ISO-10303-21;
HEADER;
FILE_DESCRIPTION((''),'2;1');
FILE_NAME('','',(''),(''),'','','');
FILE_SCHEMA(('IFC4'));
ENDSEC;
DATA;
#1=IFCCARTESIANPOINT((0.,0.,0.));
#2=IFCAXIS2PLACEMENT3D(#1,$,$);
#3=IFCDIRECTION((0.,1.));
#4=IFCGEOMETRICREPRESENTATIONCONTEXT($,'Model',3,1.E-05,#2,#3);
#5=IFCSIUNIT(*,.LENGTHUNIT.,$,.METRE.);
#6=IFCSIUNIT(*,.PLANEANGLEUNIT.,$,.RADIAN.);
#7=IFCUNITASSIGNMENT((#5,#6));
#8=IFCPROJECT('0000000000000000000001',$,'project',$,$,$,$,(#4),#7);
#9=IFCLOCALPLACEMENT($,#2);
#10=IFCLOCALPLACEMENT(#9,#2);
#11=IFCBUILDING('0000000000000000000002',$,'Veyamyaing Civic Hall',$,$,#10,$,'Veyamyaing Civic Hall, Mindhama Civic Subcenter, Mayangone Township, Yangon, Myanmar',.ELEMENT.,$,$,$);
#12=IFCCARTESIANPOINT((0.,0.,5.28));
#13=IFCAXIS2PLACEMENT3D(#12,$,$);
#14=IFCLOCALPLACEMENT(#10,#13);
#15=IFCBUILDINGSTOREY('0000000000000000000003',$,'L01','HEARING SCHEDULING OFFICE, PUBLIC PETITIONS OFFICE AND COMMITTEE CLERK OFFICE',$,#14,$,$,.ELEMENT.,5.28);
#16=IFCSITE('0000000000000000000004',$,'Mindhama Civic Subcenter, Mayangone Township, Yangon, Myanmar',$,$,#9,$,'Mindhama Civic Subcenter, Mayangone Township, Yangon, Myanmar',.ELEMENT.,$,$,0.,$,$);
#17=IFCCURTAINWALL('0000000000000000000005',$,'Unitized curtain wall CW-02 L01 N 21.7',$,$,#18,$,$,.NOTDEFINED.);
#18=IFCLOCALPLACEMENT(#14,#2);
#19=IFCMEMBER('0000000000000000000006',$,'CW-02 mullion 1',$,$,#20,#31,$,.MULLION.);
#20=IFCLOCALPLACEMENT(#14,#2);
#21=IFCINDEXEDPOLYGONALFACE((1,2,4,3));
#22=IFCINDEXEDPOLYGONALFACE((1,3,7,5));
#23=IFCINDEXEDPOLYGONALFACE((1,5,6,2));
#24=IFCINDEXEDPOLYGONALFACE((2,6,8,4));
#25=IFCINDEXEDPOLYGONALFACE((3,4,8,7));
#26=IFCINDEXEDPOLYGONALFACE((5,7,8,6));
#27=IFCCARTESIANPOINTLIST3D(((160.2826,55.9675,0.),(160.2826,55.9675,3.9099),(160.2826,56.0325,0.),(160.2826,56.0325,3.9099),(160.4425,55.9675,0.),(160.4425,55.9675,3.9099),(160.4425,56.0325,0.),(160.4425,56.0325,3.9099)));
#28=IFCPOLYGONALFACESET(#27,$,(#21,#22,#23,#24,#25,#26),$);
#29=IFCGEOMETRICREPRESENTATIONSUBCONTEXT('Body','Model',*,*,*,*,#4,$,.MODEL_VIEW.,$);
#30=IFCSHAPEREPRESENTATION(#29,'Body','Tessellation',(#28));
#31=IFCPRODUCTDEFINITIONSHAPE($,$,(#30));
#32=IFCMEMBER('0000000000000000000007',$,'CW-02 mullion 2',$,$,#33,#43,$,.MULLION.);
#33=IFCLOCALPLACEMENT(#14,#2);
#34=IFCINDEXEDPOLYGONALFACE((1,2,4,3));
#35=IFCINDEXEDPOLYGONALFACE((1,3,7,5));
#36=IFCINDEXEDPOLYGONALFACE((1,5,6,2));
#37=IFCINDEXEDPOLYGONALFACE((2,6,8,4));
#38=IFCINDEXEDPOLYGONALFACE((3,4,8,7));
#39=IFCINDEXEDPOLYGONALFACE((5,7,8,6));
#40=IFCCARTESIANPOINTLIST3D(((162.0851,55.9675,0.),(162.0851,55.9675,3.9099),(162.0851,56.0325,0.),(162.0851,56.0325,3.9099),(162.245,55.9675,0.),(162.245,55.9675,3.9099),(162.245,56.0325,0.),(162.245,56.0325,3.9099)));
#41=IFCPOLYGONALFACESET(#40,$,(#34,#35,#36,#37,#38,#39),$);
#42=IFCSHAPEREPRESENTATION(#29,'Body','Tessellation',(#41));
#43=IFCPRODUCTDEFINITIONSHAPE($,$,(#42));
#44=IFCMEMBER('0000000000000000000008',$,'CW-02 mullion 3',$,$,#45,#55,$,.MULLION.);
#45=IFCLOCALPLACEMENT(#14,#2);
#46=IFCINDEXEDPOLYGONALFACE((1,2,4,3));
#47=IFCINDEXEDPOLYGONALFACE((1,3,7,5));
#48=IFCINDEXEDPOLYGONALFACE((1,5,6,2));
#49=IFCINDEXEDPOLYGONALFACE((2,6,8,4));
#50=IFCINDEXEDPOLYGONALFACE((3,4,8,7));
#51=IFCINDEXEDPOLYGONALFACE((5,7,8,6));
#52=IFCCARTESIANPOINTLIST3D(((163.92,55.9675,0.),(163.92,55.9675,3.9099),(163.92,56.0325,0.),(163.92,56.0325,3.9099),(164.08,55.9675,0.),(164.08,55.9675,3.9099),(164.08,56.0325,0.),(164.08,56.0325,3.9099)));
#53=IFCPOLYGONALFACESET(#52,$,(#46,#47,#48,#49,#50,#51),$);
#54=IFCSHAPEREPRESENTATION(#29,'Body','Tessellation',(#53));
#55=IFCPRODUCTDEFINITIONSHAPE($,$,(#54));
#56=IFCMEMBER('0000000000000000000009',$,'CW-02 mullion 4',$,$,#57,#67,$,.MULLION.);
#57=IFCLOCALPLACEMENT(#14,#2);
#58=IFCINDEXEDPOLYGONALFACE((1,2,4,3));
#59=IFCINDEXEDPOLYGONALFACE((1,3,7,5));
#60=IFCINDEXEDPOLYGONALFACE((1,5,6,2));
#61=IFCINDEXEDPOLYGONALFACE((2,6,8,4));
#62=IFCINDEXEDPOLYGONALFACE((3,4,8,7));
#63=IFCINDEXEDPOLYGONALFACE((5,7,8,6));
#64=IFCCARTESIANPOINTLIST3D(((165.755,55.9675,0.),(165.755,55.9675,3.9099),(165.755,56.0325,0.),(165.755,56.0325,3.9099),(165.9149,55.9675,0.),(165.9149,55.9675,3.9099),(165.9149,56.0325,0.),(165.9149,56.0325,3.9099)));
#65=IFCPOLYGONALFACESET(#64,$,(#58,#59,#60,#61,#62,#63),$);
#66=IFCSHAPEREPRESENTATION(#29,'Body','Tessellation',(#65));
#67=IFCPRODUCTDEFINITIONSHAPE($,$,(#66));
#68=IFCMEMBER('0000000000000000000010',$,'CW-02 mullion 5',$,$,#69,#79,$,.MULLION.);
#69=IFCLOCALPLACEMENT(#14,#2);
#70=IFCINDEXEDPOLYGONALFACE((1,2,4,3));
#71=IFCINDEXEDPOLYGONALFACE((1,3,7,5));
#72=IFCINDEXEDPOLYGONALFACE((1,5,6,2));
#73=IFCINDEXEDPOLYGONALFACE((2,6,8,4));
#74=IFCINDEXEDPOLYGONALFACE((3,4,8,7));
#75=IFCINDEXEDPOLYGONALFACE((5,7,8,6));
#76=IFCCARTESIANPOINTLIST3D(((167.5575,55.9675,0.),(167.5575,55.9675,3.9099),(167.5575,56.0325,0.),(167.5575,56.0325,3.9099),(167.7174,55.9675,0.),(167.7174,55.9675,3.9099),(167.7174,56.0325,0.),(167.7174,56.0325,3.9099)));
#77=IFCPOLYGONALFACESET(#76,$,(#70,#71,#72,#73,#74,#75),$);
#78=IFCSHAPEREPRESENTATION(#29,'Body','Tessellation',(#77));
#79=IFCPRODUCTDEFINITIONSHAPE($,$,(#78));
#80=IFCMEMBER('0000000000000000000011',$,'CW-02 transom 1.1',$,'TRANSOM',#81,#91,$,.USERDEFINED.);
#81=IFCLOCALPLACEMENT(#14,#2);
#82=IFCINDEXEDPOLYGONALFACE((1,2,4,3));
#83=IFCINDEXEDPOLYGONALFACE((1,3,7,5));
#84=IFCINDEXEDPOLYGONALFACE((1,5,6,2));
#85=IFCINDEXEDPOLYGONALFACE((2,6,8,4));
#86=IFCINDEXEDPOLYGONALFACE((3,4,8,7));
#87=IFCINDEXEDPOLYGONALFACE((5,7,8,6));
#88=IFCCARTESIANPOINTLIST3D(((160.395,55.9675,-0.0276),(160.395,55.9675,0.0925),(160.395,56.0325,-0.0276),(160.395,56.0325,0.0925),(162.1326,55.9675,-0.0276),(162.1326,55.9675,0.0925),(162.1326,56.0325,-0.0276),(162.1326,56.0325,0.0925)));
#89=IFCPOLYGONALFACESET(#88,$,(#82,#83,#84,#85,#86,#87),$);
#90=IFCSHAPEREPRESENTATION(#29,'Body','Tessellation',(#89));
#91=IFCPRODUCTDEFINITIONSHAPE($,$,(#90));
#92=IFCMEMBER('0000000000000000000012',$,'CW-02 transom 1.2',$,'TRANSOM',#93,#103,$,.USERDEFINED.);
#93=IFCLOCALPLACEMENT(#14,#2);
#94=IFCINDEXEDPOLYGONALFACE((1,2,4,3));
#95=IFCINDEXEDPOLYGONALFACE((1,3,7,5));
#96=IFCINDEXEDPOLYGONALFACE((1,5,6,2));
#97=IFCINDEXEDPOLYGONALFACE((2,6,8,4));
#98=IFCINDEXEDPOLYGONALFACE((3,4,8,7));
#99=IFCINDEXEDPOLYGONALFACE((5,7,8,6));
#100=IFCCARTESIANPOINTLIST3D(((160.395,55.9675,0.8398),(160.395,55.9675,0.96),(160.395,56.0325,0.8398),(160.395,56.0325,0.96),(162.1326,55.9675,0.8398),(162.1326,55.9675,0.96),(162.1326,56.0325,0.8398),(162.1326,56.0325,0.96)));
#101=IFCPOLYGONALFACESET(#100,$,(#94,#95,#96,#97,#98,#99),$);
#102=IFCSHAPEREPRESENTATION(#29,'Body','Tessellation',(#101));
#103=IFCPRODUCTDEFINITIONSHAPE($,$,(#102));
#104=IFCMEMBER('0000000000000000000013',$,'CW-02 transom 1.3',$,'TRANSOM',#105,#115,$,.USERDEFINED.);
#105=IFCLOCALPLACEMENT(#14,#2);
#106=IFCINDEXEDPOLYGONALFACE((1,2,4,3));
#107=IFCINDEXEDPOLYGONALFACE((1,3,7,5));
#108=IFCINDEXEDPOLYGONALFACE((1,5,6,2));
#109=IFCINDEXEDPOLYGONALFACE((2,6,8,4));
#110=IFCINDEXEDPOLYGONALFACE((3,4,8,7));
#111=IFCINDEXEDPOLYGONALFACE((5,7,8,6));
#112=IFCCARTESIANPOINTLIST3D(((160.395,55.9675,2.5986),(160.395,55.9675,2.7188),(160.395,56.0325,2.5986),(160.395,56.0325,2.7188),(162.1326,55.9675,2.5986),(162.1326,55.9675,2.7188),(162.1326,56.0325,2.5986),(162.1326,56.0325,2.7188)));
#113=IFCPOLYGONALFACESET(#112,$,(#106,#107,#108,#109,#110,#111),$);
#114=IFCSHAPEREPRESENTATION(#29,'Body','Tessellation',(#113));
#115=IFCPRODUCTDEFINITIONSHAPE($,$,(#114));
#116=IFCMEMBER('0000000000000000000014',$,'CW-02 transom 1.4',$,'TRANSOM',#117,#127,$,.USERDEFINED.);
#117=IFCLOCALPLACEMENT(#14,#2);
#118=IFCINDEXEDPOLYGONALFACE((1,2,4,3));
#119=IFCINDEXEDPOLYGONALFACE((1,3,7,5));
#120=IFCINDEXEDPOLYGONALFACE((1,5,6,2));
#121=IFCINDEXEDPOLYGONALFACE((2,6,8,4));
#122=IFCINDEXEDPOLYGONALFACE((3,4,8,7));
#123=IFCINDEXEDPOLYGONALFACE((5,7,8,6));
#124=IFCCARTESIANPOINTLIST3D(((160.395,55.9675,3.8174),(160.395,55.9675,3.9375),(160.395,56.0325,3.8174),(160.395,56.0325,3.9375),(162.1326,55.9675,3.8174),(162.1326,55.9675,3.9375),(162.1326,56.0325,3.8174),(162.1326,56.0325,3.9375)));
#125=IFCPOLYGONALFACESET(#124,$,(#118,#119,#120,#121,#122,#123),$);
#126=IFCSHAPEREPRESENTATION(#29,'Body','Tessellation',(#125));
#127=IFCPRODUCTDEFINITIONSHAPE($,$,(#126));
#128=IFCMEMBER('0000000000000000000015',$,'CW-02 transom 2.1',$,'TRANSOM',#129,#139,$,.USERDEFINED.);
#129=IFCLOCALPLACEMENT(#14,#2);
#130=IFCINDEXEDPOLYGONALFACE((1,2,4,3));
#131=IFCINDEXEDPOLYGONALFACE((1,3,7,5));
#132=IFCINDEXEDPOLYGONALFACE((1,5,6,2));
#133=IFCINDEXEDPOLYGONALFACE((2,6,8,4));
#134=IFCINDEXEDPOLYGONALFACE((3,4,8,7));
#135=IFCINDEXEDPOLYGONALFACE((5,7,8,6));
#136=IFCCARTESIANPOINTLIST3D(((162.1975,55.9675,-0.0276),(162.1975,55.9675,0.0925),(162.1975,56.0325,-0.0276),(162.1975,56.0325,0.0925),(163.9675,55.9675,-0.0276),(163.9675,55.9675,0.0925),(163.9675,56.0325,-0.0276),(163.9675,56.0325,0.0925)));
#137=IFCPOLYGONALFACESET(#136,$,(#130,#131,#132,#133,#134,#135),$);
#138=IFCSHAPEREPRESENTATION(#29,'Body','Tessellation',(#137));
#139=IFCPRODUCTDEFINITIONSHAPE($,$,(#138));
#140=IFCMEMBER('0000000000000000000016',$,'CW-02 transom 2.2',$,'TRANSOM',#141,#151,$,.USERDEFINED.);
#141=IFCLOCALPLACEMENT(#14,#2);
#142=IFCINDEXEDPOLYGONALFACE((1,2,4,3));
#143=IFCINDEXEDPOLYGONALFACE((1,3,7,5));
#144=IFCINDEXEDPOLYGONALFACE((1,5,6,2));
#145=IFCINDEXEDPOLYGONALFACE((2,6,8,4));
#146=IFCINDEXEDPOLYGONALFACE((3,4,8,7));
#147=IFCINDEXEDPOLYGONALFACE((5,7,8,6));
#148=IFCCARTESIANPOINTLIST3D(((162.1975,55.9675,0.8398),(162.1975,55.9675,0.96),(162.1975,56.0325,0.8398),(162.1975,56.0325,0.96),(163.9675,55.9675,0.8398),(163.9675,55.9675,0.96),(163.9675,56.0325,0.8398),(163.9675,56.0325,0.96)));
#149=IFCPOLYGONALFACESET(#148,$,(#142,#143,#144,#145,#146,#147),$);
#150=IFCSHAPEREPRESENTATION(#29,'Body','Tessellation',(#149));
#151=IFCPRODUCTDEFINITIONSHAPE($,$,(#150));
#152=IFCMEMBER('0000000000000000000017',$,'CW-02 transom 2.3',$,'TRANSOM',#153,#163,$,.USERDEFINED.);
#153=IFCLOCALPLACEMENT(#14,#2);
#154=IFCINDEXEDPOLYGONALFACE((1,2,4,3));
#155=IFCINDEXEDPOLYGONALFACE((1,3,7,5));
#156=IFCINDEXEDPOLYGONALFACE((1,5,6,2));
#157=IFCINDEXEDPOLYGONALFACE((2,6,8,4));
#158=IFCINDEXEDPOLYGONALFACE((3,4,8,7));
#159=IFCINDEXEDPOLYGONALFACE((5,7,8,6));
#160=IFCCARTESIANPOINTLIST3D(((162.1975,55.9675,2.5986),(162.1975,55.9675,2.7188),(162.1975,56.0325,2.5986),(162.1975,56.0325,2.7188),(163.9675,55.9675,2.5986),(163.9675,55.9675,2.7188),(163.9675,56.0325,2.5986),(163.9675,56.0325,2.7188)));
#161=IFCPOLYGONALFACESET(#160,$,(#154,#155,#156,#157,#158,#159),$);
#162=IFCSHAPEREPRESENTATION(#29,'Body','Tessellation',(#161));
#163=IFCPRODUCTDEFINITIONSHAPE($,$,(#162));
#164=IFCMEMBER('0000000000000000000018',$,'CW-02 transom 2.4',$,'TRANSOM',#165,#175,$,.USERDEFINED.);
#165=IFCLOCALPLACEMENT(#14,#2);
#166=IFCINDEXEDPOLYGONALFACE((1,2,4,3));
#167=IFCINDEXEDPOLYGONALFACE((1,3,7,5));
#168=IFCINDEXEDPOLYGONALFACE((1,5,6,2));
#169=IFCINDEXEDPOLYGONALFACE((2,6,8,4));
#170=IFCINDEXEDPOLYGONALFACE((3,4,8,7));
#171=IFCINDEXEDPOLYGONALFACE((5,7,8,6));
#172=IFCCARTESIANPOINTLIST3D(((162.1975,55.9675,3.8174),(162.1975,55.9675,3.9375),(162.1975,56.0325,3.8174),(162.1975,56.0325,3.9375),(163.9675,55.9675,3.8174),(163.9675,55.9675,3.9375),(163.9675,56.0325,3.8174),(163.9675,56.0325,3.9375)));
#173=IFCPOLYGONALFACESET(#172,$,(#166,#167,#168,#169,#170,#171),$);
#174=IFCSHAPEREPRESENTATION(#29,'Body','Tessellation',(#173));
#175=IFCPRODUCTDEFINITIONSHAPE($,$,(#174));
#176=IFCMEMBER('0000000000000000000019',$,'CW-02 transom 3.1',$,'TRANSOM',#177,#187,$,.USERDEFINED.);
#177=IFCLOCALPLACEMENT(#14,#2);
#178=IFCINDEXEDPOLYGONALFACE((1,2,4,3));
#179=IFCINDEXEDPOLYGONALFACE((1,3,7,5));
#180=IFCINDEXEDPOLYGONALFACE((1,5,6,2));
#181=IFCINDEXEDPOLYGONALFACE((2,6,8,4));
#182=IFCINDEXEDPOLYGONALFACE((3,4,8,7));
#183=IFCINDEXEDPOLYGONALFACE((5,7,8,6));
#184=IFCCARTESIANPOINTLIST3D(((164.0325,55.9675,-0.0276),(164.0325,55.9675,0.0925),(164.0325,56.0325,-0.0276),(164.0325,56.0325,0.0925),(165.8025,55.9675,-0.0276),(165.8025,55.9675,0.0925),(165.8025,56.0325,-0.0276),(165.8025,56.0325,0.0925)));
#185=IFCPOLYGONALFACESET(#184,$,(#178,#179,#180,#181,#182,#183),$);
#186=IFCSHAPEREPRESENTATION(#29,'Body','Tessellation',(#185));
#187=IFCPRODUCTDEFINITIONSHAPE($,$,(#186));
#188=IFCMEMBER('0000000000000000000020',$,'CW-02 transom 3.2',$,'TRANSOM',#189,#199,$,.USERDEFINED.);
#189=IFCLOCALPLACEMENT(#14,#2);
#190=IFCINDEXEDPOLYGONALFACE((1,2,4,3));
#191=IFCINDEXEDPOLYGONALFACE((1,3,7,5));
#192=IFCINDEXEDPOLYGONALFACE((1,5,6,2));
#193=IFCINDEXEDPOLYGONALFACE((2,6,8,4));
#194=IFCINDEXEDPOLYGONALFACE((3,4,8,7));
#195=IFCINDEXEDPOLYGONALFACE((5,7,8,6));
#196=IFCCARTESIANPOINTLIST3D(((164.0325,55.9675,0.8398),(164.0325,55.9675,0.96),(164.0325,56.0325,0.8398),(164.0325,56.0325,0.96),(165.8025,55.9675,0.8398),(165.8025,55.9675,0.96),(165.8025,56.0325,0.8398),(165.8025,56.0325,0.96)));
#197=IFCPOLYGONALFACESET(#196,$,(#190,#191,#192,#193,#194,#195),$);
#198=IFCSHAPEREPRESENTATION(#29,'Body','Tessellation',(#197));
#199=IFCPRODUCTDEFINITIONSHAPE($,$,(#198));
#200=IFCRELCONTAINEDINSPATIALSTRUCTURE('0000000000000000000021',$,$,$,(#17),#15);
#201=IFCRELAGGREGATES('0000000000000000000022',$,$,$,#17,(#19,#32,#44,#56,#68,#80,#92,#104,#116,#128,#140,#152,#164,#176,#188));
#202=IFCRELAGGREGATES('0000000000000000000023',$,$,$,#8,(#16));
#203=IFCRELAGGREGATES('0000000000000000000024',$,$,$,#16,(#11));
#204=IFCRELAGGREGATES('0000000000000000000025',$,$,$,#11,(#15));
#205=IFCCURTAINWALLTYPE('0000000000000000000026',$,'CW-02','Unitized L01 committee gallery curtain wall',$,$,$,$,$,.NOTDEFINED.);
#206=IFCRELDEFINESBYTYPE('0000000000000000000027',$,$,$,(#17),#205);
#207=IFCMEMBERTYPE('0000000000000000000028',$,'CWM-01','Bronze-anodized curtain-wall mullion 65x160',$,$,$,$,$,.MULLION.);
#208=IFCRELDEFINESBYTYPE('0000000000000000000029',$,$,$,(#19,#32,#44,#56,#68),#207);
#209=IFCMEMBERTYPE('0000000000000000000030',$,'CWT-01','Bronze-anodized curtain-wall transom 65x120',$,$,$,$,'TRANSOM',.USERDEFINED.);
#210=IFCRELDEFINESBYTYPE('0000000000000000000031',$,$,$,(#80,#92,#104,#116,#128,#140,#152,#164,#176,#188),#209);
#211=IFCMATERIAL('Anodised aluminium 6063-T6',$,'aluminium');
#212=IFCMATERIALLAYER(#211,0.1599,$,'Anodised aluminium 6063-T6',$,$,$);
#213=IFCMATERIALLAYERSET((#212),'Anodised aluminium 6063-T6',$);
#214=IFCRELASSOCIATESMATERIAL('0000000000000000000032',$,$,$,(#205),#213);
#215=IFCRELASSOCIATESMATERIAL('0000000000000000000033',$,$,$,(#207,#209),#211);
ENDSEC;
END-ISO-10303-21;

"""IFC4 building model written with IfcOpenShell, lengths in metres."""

from ifc_helpers import new_model, si_unit, direction, frame, origin, origin_2d, place, context, subcontext, project, spatial, rectangle, extrude, material, layer, layer_set, material_profile, profile_set, type_object, element, aggregate, save


model = new_model("IFC4")

# Units and contexts
model_context = context("Model", 3, precision=1e-05, world=origin(), true_north=direction((0.0, 1.0)))
body_context = subcontext(model_context, "Body", "Model", "MODEL_VIEW")
ifc_project = project(units=[si_unit("LENGTHUNIT", "METRE"), si_unit("PLANEANGLEUNIT", "RADIAN")], contexts=[model_context])

# Site, building, storey
site_placement = place(None, origin())
site = spatial("IfcSite", under=ifc_project, at=site_placement, Name="Mindhama Civic Subcenter, Mayangone Township, Yangon, Myanmar", LongName="Mindhama Civic Subcenter, Mayangone Township, Yangon, Myanmar", CompositionType="ELEMENT", RefElevation=0.0)
building_placement = place(site_placement, origin())
building = spatial("IfcBuilding", under=site, at=building_placement, Name="Veyamyaing Civic Hall", LongName="Veyamyaing Civic Hall, Mindhama Civic Subcenter, Mayangone Township, Yangon, Myanmar", CompositionType="ELEMENT")
storey_placement = place(building_placement, frame((0.0, 0.0, 5.28)))
storey = spatial("IfcBuildingStorey", under=building, at=storey_placement, Name="L01", Description="HEARING SCHEDULING OFFICE, PUBLIC PETITIONS OFFICE AND COMMITTEE CLERK OFFICE", CompositionType="ELEMENT", Elevation=5.28)

# Curtain wall, members
ifc_material_1 = material(Name="Anodised aluminium 6063-T6", Category="aluminium")
ifc_layer_1 = layer(ifc_material_1, 0.1599, Name="Anodised aluminium 6063-T6")
ifc_layer_set_1 = layer_set([ifc_layer_1], Name="Anodised aluminium 6063-T6")
curtain_wall_type = type_object("IfcCurtainWallType", Name="CW-02", Description="Unitized L01 committee gallery curtain wall", PredefinedType="NOTDEFINED", material=ifc_layer_set_1)
curtain_wall_placement = place(storey_placement, origin())
curtain_wall = element("IfcCurtainWall", 1, at=curtain_wall_placement, inside=storey, type_object=curtain_wall_type, Name="Unitized curtain wall CW-02 L01 N 21.7", PredefinedType="NOTDEFINED")
ifc_material_profile_1 = material_profile(ifc_material_1, rectangle(XDim=0.0649, YDim=0.1599, at=origin_2d()), Name="ALU-MUL-65X160")
ifc_profile_set_1 = profile_set([ifc_material_profile_1], Name="Anodised aluminium 6063-T6")
member_type_1 = type_object("IfcMemberType", Name="CWM-01", Description="Bronze-anodized curtain-wall mullion 65x160", PredefinedType="MULLION", material=ifc_profile_set_1)
member_1_placement = place(storey_placement, frame((160.3625, 56.0, 0.0), z_axis=(0.0, 0.0, 1.0), x_axis=(0.0, 1.0, 0.0)))
member_1 = element("IfcMember", 2, at=member_1_placement, type_object=member_type_1, Name="CW-02 mullion 1", PredefinedType="MULLION", context=body_context, shape_type="SweptSolid", body=[
    extrude(rectangle(XDim=0.0649, YDim=0.1599, at=origin_2d()), origin(), (0.0, 0.0, 1.0), 3.9099),
])
member_2_placement = place(storey_placement, frame((162.165, 56.0, 0.0), z_axis=(0.0, 0.0, 1.0), x_axis=(0.0, 1.0, 0.0)))
member_2 = element("IfcMember", 3, at=member_2_placement, type_object=member_type_1, Name="CW-02 mullion 2", PredefinedType="MULLION", context=body_context, shape_type="SweptSolid", body=[
    extrude(rectangle(XDim=0.0649, YDim=0.1599, at=origin_2d()), origin(), (0.0, 0.0, 1.0), 3.9099),
])
member_3_placement = place(storey_placement, frame((164.0, 56.0, 0.0), z_axis=(0.0, 0.0, 1.0), x_axis=(0.0, 1.0, 0.0)))
member_3 = element("IfcMember", 4, at=member_3_placement, type_object=member_type_1, Name="CW-02 mullion 3", PredefinedType="MULLION", context=body_context, shape_type="SweptSolid", body=[
    extrude(rectangle(XDim=0.0649, YDim=0.1599, at=origin_2d()), origin(), (0.0, 0.0, 1.0), 3.9099),
])
member_4_placement = place(storey_placement, frame((165.835, 56.0, 0.0), z_axis=(0.0, 0.0, 1.0), x_axis=(0.0, 1.0, 0.0)))
member_4 = element("IfcMember", 5, at=member_4_placement, type_object=member_type_1, Name="CW-02 mullion 4", PredefinedType="MULLION", context=body_context, shape_type="SweptSolid", body=[
    extrude(rectangle(XDim=0.0649, YDim=0.1599, at=origin_2d()), origin(), (0.0, 0.0, 1.0), 3.9099),
])
member_5_placement = place(storey_placement, frame((167.6375, 56.0, 0.0), z_axis=(0.0, 0.0, 1.0), x_axis=(0.0, 1.0, 0.0)))
member_5 = element("IfcMember", 6, at=member_5_placement, type_object=member_type_1, Name="CW-02 mullion 5", PredefinedType="MULLION", context=body_context, shape_type="SweptSolid", body=[
    extrude(rectangle(XDim=0.0649, YDim=0.1599, at=origin_2d()), origin(), (0.0, 0.0, 1.0), 3.9099),
])
ifc_material_profile_2 = material_profile(ifc_material_1, rectangle(XDim=0.0649, YDim=0.1201, at=origin_2d()), Name="ALU-TRN-65X120")
ifc_profile_set_2 = profile_set([ifc_material_profile_2], Name="Anodised aluminium 6063-T6")
member_type_2 = type_object("IfcMemberType", Name="CWT-01", Description="Bronze-anodized curtain-wall transom 65x120", ElementType="TRANSOM", PredefinedType="USERDEFINED", material=ifc_profile_set_2)
member_6_placement = place(storey_placement, frame((160.395, 56.0, 0.0325), z_axis=(1.0, 0.0, 0.0), x_axis=(0.0, 1.0, 0.0)))
member_6 = element("IfcMember", 7, at=member_6_placement, type_object=member_type_2, Name="CW-02 transom 1.1", ObjectType="TRANSOM", PredefinedType="USERDEFINED", context=body_context, shape_type="SweptSolid", body=[
    extrude(rectangle(XDim=0.0649, YDim=0.1201, at=origin_2d()), origin(), (0.0, 0.0, 1.0), 1.7375),
])
member_7_placement = place(storey_placement, frame((160.395, 56.0, 0.8999), z_axis=(1.0, 0.0, 0.0), x_axis=(0.0, 1.0, 0.0)))
member_7 = element("IfcMember", 8, at=member_7_placement, type_object=member_type_2, Name="CW-02 transom 1.2", ObjectType="TRANSOM", PredefinedType="USERDEFINED", context=body_context, shape_type="SweptSolid", body=[
    extrude(rectangle(XDim=0.0649, YDim=0.1201, at=origin_2d()), origin(), (0.0, 0.0, 1.0), 1.7375),
])
member_8_placement = place(storey_placement, frame((160.395, 56.0, 2.6587), z_axis=(1.0, 0.0, 0.0), x_axis=(0.0, 1.0, 0.0)))
member_8 = element("IfcMember", 9, at=member_8_placement, type_object=member_type_2, Name="CW-02 transom 1.3", ObjectType="TRANSOM", PredefinedType="USERDEFINED", context=body_context, shape_type="SweptSolid", body=[
    extrude(rectangle(XDim=0.0649, YDim=0.1201, at=origin_2d()), origin(), (0.0, 0.0, 1.0), 1.7375),
])
member_9_placement = place(storey_placement, frame((160.395, 56.0, 3.8774), z_axis=(1.0, 0.0, 0.0), x_axis=(0.0, 1.0, 0.0)))
member_9 = element("IfcMember", 10, at=member_9_placement, type_object=member_type_2, Name="CW-02 transom 1.4", ObjectType="TRANSOM", PredefinedType="USERDEFINED", context=body_context, shape_type="SweptSolid", body=[
    extrude(rectangle(XDim=0.0649, YDim=0.1201, at=origin_2d()), origin(), (0.0, 0.0, 1.0), 1.7375),
])
member_10_placement = place(storey_placement, frame((162.1975, 56.0, 0.0325), z_axis=(1.0, 0.0, 0.0), x_axis=(0.0, 1.0, 0.0)))
member_10 = element("IfcMember", 11, at=member_10_placement, type_object=member_type_2, Name="CW-02 transom 2.1", ObjectType="TRANSOM", PredefinedType="USERDEFINED", context=body_context, shape_type="SweptSolid", body=[
    extrude(rectangle(XDim=0.0649, YDim=0.1201, at=origin_2d()), origin(), (0.0, 0.0, 1.0), 1.77),
])
member_11_placement = place(storey_placement, frame((162.1975, 56.0, 0.8999), z_axis=(1.0, 0.0, 0.0), x_axis=(0.0, 1.0, 0.0)))
member_11 = element("IfcMember", 12, at=member_11_placement, type_object=member_type_2, Name="CW-02 transom 2.2", ObjectType="TRANSOM", PredefinedType="USERDEFINED", context=body_context, shape_type="SweptSolid", body=[
    extrude(rectangle(XDim=0.0649, YDim=0.1201, at=origin_2d()), origin(), (0.0, 0.0, 1.0), 1.77),
])
member_12_placement = place(storey_placement, frame((162.1975, 56.0, 2.6587), z_axis=(1.0, 0.0, 0.0), x_axis=(0.0, 1.0, 0.0)))
member_12 = element("IfcMember", 13, at=member_12_placement, type_object=member_type_2, Name="CW-02 transom 2.3", ObjectType="TRANSOM", PredefinedType="USERDEFINED", context=body_context, shape_type="SweptSolid", body=[
    extrude(rectangle(XDim=0.0649, YDim=0.1201, at=origin_2d()), origin(), (0.0, 0.0, 1.0), 1.77),
])
member_13_placement = place(storey_placement, frame((162.1975, 56.0, 3.8774), z_axis=(1.0, 0.0, 0.0), x_axis=(0.0, 1.0, 0.0)))
member_13 = element("IfcMember", 14, at=member_13_placement, type_object=member_type_2, Name="CW-02 transom 2.4", ObjectType="TRANSOM", PredefinedType="USERDEFINED", context=body_context, shape_type="SweptSolid", body=[
    extrude(rectangle(XDim=0.0649, YDim=0.1201, at=origin_2d()), origin(), (0.0, 0.0, 1.0), 1.77),
])
member_14_placement = place(storey_placement, frame((164.0325, 56.0, 0.0325), z_axis=(1.0, 0.0, 0.0), x_axis=(0.0, 1.0, 0.0)))
member_14 = element("IfcMember", 15, at=member_14_placement, type_object=member_type_2, Name="CW-02 transom 3.1", ObjectType="TRANSOM", PredefinedType="USERDEFINED", context=body_context, shape_type="SweptSolid", body=[
    extrude(rectangle(XDim=0.0649, YDim=0.1201, at=origin_2d()), origin(), (0.0, 0.0, 1.0), 1.77),
])
member_15_placement = place(storey_placement, frame((164.0325, 56.0, 0.8999), z_axis=(1.0, 0.0, 0.0), x_axis=(0.0, 1.0, 0.0)))
member_15 = element("IfcMember", 16, at=member_15_placement, type_object=member_type_2, Name="CW-02 transom 3.2", ObjectType="TRANSOM", PredefinedType="USERDEFINED", context=body_context, shape_type="SweptSolid", body=[
    extrude(rectangle(XDim=0.0649, YDim=0.1201, at=origin_2d()), origin(), (0.0, 0.0, 1.0), 1.77),
])
aggregate(curtain_wall, [member_1, member_2, member_3, member_4, member_5, member_6, member_7, member_8, member_9, member_10, member_11, member_12, member_13, member_14, member_15])

save(model, "model.ifc")
